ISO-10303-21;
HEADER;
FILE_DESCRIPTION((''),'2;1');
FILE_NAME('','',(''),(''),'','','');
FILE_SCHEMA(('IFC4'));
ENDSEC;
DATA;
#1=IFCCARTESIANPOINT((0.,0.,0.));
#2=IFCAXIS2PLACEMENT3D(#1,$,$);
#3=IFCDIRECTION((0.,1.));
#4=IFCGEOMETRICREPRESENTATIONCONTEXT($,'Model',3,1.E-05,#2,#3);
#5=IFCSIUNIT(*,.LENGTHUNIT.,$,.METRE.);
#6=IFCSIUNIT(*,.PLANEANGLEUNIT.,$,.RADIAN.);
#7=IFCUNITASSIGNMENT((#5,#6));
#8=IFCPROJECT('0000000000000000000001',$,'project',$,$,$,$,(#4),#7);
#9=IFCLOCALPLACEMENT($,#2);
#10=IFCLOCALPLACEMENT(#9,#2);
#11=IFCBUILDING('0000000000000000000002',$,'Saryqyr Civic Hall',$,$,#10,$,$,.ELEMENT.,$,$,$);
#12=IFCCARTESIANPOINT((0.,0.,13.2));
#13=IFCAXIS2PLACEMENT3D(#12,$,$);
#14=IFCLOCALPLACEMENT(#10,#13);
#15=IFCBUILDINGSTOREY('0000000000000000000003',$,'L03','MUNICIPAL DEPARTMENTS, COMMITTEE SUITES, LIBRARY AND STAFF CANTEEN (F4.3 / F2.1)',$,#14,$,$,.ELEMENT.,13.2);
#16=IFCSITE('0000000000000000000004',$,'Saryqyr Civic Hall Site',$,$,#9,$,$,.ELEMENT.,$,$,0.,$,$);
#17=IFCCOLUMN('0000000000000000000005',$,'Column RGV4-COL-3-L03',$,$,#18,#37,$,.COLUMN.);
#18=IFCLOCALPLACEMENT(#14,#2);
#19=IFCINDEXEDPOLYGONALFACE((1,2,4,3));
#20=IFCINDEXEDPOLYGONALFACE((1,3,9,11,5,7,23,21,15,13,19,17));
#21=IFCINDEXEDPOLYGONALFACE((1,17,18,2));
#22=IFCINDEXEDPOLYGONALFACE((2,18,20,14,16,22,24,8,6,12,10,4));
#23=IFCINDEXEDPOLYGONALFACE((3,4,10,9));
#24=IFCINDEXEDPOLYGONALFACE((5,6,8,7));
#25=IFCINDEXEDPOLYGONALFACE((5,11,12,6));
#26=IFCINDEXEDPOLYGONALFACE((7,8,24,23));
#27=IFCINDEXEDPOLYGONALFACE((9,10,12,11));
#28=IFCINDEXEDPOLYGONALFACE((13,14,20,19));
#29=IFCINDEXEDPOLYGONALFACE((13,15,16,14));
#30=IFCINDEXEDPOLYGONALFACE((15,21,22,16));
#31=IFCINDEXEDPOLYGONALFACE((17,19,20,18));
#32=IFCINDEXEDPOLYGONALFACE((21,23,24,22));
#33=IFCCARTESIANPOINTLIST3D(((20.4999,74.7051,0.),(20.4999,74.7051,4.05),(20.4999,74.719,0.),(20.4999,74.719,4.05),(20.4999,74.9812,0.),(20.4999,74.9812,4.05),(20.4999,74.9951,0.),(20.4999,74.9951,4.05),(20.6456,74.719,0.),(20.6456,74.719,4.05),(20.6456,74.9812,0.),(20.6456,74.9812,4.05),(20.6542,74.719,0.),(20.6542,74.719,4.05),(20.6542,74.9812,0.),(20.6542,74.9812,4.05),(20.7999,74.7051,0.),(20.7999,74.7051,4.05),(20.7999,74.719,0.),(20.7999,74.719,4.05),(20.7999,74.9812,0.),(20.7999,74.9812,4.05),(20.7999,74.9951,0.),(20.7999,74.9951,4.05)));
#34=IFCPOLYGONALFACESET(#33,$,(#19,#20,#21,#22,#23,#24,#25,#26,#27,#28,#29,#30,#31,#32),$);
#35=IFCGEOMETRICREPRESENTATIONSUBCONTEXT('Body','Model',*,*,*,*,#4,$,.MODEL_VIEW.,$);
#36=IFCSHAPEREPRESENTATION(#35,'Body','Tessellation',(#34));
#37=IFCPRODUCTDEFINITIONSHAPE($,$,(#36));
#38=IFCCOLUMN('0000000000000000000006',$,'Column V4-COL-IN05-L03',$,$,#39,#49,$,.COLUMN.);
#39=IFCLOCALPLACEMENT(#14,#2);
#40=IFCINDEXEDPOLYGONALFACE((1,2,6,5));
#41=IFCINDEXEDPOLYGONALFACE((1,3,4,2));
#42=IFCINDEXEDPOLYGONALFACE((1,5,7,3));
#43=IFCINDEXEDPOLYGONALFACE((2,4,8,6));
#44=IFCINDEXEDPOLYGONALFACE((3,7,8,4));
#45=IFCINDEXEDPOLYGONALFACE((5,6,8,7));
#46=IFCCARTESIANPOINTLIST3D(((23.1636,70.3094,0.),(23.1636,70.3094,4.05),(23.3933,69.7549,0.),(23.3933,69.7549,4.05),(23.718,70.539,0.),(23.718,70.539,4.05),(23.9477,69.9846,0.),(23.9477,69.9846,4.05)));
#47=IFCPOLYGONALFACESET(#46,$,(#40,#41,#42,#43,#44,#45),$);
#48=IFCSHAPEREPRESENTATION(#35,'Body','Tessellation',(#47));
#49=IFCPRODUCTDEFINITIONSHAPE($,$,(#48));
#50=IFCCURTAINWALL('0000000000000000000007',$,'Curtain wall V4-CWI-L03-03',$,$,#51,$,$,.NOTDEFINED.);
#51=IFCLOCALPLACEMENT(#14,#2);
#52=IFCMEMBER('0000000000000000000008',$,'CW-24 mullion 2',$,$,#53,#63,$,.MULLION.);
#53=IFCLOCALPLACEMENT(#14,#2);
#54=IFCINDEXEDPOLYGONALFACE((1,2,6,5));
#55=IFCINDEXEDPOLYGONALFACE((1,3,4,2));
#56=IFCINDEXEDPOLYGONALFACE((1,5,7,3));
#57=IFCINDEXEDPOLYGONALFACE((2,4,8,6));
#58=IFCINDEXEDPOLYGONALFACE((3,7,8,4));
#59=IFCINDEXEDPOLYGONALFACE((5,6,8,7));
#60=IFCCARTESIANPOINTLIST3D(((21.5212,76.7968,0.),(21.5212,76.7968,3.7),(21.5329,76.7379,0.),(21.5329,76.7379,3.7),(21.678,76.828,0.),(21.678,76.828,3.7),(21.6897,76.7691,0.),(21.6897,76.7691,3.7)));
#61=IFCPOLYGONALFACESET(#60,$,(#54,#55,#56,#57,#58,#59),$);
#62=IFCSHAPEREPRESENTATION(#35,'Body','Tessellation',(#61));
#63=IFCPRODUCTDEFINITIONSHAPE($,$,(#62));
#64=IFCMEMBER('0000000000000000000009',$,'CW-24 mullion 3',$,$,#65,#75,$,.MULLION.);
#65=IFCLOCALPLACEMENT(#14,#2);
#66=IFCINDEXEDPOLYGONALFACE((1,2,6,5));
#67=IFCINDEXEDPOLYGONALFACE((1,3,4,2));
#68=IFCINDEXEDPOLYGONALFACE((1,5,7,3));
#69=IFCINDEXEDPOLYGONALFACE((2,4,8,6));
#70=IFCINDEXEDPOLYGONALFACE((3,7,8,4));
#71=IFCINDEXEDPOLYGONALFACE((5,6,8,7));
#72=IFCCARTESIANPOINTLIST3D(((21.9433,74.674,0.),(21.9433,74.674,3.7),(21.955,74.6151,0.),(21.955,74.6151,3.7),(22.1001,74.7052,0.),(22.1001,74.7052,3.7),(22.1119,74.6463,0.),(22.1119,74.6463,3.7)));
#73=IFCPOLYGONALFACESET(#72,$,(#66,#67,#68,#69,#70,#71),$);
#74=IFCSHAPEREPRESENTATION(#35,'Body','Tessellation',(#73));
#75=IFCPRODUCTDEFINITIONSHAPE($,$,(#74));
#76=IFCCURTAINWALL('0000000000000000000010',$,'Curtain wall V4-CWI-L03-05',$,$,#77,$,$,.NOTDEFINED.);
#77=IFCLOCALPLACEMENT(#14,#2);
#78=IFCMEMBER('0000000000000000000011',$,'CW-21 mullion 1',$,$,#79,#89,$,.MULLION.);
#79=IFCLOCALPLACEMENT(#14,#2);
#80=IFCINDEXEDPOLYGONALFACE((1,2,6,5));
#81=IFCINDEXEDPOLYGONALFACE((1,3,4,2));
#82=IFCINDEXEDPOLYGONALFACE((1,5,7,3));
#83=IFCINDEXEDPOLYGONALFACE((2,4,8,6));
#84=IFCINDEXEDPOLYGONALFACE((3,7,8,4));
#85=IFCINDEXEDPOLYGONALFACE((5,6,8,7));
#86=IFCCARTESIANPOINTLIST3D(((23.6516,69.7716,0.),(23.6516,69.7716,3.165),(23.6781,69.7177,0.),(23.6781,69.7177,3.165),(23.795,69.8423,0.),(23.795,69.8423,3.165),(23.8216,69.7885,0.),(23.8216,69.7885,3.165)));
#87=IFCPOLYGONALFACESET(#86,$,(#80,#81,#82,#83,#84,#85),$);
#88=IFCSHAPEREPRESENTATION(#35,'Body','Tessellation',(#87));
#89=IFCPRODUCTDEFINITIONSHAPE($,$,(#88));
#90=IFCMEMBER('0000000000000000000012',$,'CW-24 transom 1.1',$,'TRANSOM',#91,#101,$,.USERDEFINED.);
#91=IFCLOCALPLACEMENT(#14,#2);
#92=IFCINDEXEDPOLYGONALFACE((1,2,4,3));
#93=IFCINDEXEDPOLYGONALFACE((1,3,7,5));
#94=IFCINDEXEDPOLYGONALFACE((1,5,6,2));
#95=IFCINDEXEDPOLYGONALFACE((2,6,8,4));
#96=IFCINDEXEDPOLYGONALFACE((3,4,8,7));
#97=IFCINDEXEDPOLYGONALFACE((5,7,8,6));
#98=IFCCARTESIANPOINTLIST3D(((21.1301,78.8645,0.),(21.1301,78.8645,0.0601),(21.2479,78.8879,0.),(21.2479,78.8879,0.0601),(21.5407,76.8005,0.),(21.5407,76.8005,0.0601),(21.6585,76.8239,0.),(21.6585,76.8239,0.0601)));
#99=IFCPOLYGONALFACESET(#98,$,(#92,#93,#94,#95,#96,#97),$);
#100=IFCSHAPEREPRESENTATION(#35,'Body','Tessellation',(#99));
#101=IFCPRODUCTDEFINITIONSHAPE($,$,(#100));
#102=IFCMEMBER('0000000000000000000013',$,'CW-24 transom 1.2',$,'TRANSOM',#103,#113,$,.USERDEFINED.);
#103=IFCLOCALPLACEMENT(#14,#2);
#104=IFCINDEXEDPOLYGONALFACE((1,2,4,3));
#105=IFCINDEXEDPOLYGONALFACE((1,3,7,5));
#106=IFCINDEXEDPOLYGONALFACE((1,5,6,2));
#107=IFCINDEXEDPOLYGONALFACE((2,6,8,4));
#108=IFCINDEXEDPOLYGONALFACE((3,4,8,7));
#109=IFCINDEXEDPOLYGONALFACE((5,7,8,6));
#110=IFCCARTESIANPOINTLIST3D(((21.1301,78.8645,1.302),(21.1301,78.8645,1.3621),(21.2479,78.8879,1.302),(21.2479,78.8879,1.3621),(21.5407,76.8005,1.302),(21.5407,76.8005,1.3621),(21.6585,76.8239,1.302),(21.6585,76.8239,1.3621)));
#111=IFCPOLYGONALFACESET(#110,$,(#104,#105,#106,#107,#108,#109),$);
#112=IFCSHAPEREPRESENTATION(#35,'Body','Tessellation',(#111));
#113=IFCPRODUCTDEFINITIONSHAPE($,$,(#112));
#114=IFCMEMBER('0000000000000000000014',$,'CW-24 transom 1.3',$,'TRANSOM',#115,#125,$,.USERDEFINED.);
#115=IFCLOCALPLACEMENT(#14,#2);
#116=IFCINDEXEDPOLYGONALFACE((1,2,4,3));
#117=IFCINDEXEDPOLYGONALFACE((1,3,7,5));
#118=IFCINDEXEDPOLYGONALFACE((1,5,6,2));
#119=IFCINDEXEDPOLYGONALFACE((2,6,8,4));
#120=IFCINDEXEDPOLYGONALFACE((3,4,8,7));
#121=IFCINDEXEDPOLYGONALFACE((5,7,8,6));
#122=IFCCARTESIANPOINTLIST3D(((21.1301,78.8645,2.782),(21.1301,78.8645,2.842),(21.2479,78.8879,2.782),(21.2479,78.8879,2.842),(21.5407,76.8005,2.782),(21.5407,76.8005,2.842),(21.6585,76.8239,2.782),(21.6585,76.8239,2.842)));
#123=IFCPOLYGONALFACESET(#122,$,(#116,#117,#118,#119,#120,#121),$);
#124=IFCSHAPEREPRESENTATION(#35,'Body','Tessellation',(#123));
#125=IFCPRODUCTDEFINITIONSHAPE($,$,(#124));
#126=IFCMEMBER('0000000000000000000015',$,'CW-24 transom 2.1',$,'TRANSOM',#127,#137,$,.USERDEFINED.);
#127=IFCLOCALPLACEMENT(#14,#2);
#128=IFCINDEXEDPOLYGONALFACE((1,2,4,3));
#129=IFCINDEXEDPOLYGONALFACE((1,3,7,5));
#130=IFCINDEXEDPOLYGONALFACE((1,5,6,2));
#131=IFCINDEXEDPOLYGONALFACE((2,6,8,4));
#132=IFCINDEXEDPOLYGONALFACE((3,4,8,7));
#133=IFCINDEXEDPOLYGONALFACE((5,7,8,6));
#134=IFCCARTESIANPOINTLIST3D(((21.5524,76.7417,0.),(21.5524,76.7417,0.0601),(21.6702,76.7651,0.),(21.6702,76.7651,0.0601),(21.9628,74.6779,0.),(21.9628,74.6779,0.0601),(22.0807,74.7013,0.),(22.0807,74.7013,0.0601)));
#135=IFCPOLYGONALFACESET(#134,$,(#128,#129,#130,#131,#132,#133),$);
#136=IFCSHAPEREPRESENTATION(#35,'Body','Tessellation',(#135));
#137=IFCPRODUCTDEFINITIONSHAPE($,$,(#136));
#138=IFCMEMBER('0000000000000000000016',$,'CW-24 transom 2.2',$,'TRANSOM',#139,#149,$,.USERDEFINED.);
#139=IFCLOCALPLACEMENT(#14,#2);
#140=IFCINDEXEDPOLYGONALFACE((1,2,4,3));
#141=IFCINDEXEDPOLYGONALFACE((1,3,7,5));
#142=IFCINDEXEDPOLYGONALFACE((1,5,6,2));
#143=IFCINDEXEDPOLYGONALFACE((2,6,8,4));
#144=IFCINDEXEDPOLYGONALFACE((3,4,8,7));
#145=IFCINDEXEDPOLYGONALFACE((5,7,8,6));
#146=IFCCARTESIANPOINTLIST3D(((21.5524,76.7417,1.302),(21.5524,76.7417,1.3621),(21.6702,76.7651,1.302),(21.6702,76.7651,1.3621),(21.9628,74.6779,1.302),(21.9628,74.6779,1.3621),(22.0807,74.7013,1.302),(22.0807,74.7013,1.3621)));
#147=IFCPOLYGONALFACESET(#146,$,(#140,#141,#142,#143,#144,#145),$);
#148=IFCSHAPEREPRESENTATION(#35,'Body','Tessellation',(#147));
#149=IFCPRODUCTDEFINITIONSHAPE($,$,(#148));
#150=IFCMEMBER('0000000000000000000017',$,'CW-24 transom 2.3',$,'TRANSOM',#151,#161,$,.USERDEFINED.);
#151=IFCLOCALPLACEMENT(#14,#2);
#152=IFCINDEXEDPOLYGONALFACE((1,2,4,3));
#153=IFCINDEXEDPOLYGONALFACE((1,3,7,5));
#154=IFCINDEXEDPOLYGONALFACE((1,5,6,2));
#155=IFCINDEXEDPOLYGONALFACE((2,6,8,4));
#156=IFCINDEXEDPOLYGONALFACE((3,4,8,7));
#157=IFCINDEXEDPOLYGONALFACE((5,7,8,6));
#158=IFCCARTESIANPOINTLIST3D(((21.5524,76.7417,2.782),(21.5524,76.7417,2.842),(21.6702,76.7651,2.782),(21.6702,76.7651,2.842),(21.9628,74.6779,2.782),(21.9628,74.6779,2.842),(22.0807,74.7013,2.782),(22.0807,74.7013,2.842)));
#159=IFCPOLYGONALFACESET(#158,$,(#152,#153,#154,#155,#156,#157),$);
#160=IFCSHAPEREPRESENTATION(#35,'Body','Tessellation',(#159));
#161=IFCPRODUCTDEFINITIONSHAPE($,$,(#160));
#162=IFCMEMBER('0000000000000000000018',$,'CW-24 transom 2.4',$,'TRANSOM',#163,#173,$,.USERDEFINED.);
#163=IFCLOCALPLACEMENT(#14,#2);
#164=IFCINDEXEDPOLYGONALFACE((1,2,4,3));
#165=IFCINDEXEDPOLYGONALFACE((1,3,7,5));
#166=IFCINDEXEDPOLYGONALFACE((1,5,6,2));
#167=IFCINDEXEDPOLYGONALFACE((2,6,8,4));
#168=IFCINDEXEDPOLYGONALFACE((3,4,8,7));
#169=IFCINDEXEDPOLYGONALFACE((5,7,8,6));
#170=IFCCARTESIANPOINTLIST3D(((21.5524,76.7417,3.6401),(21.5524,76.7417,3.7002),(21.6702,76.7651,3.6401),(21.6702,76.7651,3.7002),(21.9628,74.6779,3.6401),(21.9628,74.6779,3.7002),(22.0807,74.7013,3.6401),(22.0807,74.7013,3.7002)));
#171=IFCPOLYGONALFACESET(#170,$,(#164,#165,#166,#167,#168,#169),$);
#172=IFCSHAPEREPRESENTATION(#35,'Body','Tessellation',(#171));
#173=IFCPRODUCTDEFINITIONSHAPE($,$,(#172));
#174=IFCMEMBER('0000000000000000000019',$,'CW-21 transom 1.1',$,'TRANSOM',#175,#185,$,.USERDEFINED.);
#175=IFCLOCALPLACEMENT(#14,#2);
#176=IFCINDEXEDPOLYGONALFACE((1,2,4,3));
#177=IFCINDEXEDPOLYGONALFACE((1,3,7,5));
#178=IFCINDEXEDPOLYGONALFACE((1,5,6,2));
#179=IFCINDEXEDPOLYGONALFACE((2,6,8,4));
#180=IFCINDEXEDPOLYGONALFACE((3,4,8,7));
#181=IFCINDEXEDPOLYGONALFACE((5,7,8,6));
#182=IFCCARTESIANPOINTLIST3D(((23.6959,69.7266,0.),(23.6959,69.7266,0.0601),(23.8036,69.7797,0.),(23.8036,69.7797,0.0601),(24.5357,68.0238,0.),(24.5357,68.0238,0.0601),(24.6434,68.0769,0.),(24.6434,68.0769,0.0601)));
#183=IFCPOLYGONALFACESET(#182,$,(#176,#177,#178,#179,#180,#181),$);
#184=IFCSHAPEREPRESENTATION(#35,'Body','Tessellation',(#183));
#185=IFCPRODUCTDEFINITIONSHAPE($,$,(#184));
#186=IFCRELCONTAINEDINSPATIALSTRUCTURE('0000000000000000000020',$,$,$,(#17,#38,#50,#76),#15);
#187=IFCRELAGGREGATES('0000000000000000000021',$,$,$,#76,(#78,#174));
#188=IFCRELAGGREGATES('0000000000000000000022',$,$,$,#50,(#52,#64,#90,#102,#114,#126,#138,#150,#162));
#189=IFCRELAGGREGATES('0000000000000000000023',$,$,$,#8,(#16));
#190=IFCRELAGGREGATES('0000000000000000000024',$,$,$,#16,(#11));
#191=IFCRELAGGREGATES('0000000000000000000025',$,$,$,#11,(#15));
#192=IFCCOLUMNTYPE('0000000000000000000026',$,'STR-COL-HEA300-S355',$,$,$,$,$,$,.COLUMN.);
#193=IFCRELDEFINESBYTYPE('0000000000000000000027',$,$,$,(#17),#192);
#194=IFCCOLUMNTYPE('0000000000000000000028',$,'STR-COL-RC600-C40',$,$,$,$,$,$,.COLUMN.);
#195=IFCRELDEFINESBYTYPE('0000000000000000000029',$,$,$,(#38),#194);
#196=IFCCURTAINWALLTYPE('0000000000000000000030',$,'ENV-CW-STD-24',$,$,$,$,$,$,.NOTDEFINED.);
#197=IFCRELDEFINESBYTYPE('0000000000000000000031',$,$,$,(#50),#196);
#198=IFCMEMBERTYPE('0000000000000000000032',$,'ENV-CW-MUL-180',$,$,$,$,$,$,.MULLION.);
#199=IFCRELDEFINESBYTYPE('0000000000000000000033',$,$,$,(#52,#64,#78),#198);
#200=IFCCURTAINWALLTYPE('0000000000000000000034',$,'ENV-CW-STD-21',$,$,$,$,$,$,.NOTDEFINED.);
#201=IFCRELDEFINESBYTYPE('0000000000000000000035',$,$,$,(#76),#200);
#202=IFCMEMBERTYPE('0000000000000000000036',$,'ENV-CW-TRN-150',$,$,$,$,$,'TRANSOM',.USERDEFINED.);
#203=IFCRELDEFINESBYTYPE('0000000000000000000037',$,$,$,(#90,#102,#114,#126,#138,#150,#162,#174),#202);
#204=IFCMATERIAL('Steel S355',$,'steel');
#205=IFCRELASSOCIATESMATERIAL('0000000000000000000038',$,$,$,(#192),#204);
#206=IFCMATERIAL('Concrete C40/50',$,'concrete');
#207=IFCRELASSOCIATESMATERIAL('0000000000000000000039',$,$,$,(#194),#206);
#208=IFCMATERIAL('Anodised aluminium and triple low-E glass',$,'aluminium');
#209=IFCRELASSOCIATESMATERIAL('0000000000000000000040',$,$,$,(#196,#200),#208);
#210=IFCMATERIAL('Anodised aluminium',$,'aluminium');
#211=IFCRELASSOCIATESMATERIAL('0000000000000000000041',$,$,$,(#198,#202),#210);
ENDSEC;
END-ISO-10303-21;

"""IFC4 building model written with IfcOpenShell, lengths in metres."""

from ifc_helpers import new_model, si_unit, direction, frame, origin, origin_2d, place, context, subcontext, project, spatial, rectangle, i_section, extrude, material, material_profile, profile_set, type_object, element, aggregate, save


model = new_model("IFC4")

# Units and contexts
model_context = context("Model", 3, precision=1e-05, world=origin(), true_north=direction((0.0, 1.0)))
body_context = subcontext(model_context, "Body", "Model", "MODEL_VIEW")
ifc_project = project(units=[si_unit("LENGTHUNIT", "METRE"), si_unit("PLANEANGLEUNIT", "RADIAN")], contexts=[model_context])

# Site, building, storey
site_placement = place(None, origin())
site = spatial("IfcSite", under=ifc_project, at=site_placement, Name="Saryqyr Civic Hall Site", CompositionType="ELEMENT", RefElevation=0.0)
building_placement = place(site_placement, origin())
building = spatial("IfcBuilding", under=site, at=building_placement, Name="Saryqyr Civic Hall", CompositionType="ELEMENT")
storey_placement = place(building_placement, frame((0.0, 0.0, 13.2)))
storey = spatial("IfcBuildingStorey", under=building, at=storey_placement, Name="L03", Description="MUNICIPAL DEPARTMENTS, COMMITTEE SUITES, LIBRARY AND STAFF CANTEEN (F4.3 / F2.1)", CompositionType="ELEMENT", Elevation=13.2)

# Columns
ifc_material_1 = material(Name="Steel S355", Category="steel")
ifc_material_profile_1 = material_profile(ifc_material_1, i_section(OverallWidth=0.3, OverallDepth=0.29, WebThickness=0.0085, FlangeThickness=0.0139, at=origin_2d()), Name="HEA 300")
ifc_profile_set_1 = profile_set([ifc_material_profile_1], Name="Steel S355")
column_type_1 = type_object("IfcColumnType", Name="STR-COL-HEA300-S355", PredefinedType="COLUMN", material=ifc_profile_set_1)
column_1_placement = place(storey_placement, frame((20.6499, 74.8501, 0.0), z_axis=(0.0, 0.0, 1.0), x_axis=(1.0, 0.0, 0.0)))
element("IfcColumn", 1, at=column_1_placement, inside=storey, type_object=column_type_1, Name="Column RGV4-COL-3-L03", PredefinedType="COLUMN", context=body_context, shape_type="SweptSolid", body=[
    extrude(i_section(OverallWidth=0.3, OverallDepth=0.29, WebThickness=0.0085, FlangeThickness=0.0139, at=origin_2d()), origin(), (0.0, 0.0, 1.0), 4.05),
])
ifc_material_2 = material(Name="Concrete C40/50", Category="concrete")
ifc_material_profile_2 = material_profile(ifc_material_2, rectangle(XDim=0.6001, YDim=0.6001, at=origin_2d()), Name="RC 600x600")
ifc_profile_set_2 = profile_set([ifc_material_profile_2], Name="Concrete C40/50")
column_type_2 = type_object("IfcColumnType", Name="STR-COL-RC600-C40", PredefinedType="COLUMN", material=ifc_profile_set_2)
column_2_placement = place(storey_placement, frame((23.5557, 70.147, 0.0), z_axis=(0.0, 0.0, 1.0), x_axis=(-0.92388, -0.382683, 0.0)))
element("IfcColumn", 2, at=column_2_placement, inside=storey, type_object=column_type_2, Name="Column V4-COL-IN05-L03", PredefinedType="COLUMN", context=body_context, shape_type="SweptSolid", body=[
    extrude(rectangle(XDim=0.6001, YDim=0.6001, at=origin_2d()), origin(), (0.0, 0.0, 1.0), 4.05),
])

# Curtain wall, members
ifc_material_3 = material(Name="Anodised aluminium and triple low-E glass", Category="aluminium")
curtain_wall_type_1 = type_object("IfcCurtainWallType", Name="ENV-CW-STD-24", PredefinedType="NOTDEFINED", material=ifc_material_3)
curtain_wall_1_placement = place(storey_placement, origin())
curtain_wall_1 = element("IfcCurtainWall", 3, at=curtain_wall_1_placement, inside=storey, type_object=curtain_wall_type_1, Name="Curtain wall V4-CWI-L03-03", PredefinedType="NOTDEFINED")
ifc_material_4 = material(Name="Anodised aluminium", Category="aluminium")
ifc_material_profile_3 = material_profile(ifc_material_4, rectangle(XDim=0.0601, YDim=0.1599, at=origin_2d()), Name="ALU MULLION 60x160")
ifc_profile_set_3 = profile_set([ifc_material_profile_3], Name="Anodised aluminium")
member_type_1 = type_object("IfcMemberType", Name="ENV-CW-MUL-180", PredefinedType="MULLION", material=ifc_profile_set_3)
member_1_placement = place(storey_placement, frame((21.6055, 76.783, 0.0), z_axis=(0.0, 0.0, 1.0), x_axis=(0.195099, -0.980783, 0.0)))
member_1 = element("IfcMember", 4, at=member_1_placement, type_object=member_type_1, Name="CW-24 mullion 2", PredefinedType="MULLION", context=body_context, shape_type="SweptSolid", body=[
    extrude(rectangle(XDim=0.0601, YDim=0.1599, at=origin_2d()), origin(), (0.0, 0.0, 1.0), 3.7),
])
member_2_placement = place(storey_placement, frame((22.0276, 74.6602, 0.0), z_axis=(0.0, 0.0, 1.0), x_axis=(0.195099, -0.980783, 0.0)))
member_2 = element("IfcMember", 5, at=member_2_placement, type_object=member_type_1, Name="CW-24 mullion 3", PredefinedType="MULLION", context=body_context, shape_type="SweptSolid", body=[
    extrude(rectangle(XDim=0.0601, YDim=0.1599, at=origin_2d()), origin(), (0.0, 0.0, 1.0), 3.7),
])

# Curtain wall, member
curtain_wall_type_2 = type_object("IfcCurtainWallType", Name="ENV-CW-STD-21", PredefinedType="NOTDEFINED", material=ifc_material_3)
curtain_wall_2_placement = place(storey_placement, origin())
curtain_wall_2 = element("IfcCurtainWall", 6, at=curtain_wall_2_placement, inside=storey, type_object=curtain_wall_type_2, Name="Curtain wall V4-CWI-L03-05", PredefinedType="NOTDEFINED")
member_3_placement = place(storey_placement, frame((23.7366, 69.78, 0.0), z_axis=(0.0, 0.0, 1.0), x_axis=(0.442268, -0.896883, 0.0)))
member_3 = element("IfcMember", 7, at=member_3_placement, type_object=member_type_1, Name="CW-21 mullion 1", PredefinedType="MULLION", context=body_context, shape_type="SweptSolid", body=[
    extrude(rectangle(XDim=0.0601, YDim=0.1599, at=origin_2d()), origin(), (0.0, 0.0, 1.0), 3.165),
])

# Members
ifc_material_profile_4 = material_profile(ifc_material_4, rectangle(XDim=0.1201, YDim=0.0601, at=origin_2d()), Name="ALU TRANSOM 120x60")
ifc_profile_set_4 = profile_set([ifc_material_profile_4], Name="Anodised aluminium")
member_type_2 = type_object("IfcMemberType", Name="ENV-CW-TRN-150", ElementType="TRANSOM", PredefinedType="USERDEFINED", material=ifc_profile_set_4)
member_4_placement = place(storey_placement, frame((21.189, 78.8762, 0.03), z_axis=(0.195134, -0.980777, 0.0), x_axis=(0.980777, 0.195134, 0.0)))
member_4 = element("IfcMember", 8, at=member_4_placement, type_object=member_type_2, Name="CW-24 transom 1.1", ObjectType="TRANSOM", PredefinedType="USERDEFINED", context=body_context, shape_type="SweptSolid", body=[
    extrude(rectangle(XDim=0.1201, YDim=0.0601, at=origin_2d()), origin(), (0.0, 0.0, 1.0), 2.1045),
])
member_5_placement = place(storey_placement, frame((21.189, 78.8762, 1.332), z_axis=(0.195134, -0.980777, 0.0), x_axis=(0.980777, 0.195134, 0.0)))
member_5 = element("IfcMember", 9, at=member_5_placement, type_object=member_type_2, Name="CW-24 transom 1.2", ObjectType="TRANSOM", PredefinedType="USERDEFINED", context=body_context, shape_type="SweptSolid", body=[
    extrude(rectangle(XDim=0.1201, YDim=0.0601, at=origin_2d()), origin(), (0.0, 0.0, 1.0), 2.1045),
])
member_6_placement = place(storey_placement, frame((21.189, 78.8762, 2.812), z_axis=(0.195134, -0.980777, 0.0), x_axis=(0.980777, 0.195134, 0.0)))
member_6 = element("IfcMember", 10, at=member_6_placement, type_object=member_type_2, Name="CW-24 transom 1.3", ObjectType="TRANSOM", PredefinedType="USERDEFINED", context=body_context, shape_type="SweptSolid", body=[
    extrude(rectangle(XDim=0.1201, YDim=0.0601, at=origin_2d()), origin(), (0.0, 0.0, 1.0), 2.1045),
])
member_7_placement = place(storey_placement, frame((21.6113, 76.7534, 0.03), z_axis=(0.195045, -0.980794, 0.0), x_axis=(0.980794, 0.195045, 0.0)))
member_7 = element("IfcMember", 11, at=member_7_placement, type_object=member_type_2, Name="CW-24 transom 2.1", ObjectType="TRANSOM", PredefinedType="USERDEFINED", context=body_context, shape_type="SweptSolid", body=[
    extrude(rectangle(XDim=0.1201, YDim=0.0601, at=origin_2d()), origin(), (0.0, 0.0, 1.0), 2.1042),
])
member_8_placement = place(storey_placement, frame((21.6113, 76.7534, 1.332), z_axis=(0.195045, -0.980794, 0.0), x_axis=(0.980794, 0.195045, 0.0)))
member_8 = element("IfcMember", 12, at=member_8_placement, type_object=member_type_2, Name="CW-24 transom 2.2", ObjectType="TRANSOM", PredefinedType="USERDEFINED", context=body_context, shape_type="SweptSolid", body=[
    extrude(rectangle(XDim=0.1201, YDim=0.0601, at=origin_2d()), origin(), (0.0, 0.0, 1.0), 2.1042),
])
member_9_placement = place(storey_placement, frame((21.6113, 76.7534, 2.812), z_axis=(0.195045, -0.980794, 0.0), x_axis=(0.980794, 0.195045, 0.0)))
member_9 = element("IfcMember", 13, at=member_9_placement, type_object=member_type_2, Name="CW-24 transom 2.3", ObjectType="TRANSOM", PredefinedType="USERDEFINED", context=body_context, shape_type="SweptSolid", body=[
    extrude(rectangle(XDim=0.1201, YDim=0.0601, at=origin_2d()), origin(), (0.0, 0.0, 1.0), 2.1042),
])
member_10_placement = place(storey_placement, frame((21.6113, 76.7534, 3.6702), z_axis=(0.195045, -0.980794, 0.0), x_axis=(0.980794, 0.195045, 0.0)))
member_10 = element("IfcMember", 14, at=member_10_placement, type_object=member_type_2, Name="CW-24 transom 2.4", ObjectType="TRANSOM", PredefinedType="USERDEFINED", context=body_context, shape_type="SweptSolid", body=[
    extrude(rectangle(XDim=0.1201, YDim=0.0601, at=origin_2d()), origin(), (0.0, 0.0, 1.0), 2.1042),
])
member_11_placement = place(storey_placement, frame((23.7498, 69.7532, 0.03), z_axis=(0.442321, -0.896857, 0.0), x_axis=(0.896857, 0.442321, 0.0)))
member_11 = element("IfcMember", 15, at=member_11_placement, type_object=member_type_2, Name="CW-21 transom 1.1", ObjectType="TRANSOM", PredefinedType="USERDEFINED", context=body_context, shape_type="SweptSolid", body=[
    extrude(rectangle(XDim=0.1201, YDim=0.0601, at=origin_2d()), origin(), (0.0, 0.0, 1.0), 1.8987),
])
aggregate(curtain_wall_2, [member_3, member_11])

aggregate(curtain_wall_1, [member_1, member_2, member_4, member_5, member_6, member_7, member_8, member_9, member_10])

save(model, "model.ifc")
